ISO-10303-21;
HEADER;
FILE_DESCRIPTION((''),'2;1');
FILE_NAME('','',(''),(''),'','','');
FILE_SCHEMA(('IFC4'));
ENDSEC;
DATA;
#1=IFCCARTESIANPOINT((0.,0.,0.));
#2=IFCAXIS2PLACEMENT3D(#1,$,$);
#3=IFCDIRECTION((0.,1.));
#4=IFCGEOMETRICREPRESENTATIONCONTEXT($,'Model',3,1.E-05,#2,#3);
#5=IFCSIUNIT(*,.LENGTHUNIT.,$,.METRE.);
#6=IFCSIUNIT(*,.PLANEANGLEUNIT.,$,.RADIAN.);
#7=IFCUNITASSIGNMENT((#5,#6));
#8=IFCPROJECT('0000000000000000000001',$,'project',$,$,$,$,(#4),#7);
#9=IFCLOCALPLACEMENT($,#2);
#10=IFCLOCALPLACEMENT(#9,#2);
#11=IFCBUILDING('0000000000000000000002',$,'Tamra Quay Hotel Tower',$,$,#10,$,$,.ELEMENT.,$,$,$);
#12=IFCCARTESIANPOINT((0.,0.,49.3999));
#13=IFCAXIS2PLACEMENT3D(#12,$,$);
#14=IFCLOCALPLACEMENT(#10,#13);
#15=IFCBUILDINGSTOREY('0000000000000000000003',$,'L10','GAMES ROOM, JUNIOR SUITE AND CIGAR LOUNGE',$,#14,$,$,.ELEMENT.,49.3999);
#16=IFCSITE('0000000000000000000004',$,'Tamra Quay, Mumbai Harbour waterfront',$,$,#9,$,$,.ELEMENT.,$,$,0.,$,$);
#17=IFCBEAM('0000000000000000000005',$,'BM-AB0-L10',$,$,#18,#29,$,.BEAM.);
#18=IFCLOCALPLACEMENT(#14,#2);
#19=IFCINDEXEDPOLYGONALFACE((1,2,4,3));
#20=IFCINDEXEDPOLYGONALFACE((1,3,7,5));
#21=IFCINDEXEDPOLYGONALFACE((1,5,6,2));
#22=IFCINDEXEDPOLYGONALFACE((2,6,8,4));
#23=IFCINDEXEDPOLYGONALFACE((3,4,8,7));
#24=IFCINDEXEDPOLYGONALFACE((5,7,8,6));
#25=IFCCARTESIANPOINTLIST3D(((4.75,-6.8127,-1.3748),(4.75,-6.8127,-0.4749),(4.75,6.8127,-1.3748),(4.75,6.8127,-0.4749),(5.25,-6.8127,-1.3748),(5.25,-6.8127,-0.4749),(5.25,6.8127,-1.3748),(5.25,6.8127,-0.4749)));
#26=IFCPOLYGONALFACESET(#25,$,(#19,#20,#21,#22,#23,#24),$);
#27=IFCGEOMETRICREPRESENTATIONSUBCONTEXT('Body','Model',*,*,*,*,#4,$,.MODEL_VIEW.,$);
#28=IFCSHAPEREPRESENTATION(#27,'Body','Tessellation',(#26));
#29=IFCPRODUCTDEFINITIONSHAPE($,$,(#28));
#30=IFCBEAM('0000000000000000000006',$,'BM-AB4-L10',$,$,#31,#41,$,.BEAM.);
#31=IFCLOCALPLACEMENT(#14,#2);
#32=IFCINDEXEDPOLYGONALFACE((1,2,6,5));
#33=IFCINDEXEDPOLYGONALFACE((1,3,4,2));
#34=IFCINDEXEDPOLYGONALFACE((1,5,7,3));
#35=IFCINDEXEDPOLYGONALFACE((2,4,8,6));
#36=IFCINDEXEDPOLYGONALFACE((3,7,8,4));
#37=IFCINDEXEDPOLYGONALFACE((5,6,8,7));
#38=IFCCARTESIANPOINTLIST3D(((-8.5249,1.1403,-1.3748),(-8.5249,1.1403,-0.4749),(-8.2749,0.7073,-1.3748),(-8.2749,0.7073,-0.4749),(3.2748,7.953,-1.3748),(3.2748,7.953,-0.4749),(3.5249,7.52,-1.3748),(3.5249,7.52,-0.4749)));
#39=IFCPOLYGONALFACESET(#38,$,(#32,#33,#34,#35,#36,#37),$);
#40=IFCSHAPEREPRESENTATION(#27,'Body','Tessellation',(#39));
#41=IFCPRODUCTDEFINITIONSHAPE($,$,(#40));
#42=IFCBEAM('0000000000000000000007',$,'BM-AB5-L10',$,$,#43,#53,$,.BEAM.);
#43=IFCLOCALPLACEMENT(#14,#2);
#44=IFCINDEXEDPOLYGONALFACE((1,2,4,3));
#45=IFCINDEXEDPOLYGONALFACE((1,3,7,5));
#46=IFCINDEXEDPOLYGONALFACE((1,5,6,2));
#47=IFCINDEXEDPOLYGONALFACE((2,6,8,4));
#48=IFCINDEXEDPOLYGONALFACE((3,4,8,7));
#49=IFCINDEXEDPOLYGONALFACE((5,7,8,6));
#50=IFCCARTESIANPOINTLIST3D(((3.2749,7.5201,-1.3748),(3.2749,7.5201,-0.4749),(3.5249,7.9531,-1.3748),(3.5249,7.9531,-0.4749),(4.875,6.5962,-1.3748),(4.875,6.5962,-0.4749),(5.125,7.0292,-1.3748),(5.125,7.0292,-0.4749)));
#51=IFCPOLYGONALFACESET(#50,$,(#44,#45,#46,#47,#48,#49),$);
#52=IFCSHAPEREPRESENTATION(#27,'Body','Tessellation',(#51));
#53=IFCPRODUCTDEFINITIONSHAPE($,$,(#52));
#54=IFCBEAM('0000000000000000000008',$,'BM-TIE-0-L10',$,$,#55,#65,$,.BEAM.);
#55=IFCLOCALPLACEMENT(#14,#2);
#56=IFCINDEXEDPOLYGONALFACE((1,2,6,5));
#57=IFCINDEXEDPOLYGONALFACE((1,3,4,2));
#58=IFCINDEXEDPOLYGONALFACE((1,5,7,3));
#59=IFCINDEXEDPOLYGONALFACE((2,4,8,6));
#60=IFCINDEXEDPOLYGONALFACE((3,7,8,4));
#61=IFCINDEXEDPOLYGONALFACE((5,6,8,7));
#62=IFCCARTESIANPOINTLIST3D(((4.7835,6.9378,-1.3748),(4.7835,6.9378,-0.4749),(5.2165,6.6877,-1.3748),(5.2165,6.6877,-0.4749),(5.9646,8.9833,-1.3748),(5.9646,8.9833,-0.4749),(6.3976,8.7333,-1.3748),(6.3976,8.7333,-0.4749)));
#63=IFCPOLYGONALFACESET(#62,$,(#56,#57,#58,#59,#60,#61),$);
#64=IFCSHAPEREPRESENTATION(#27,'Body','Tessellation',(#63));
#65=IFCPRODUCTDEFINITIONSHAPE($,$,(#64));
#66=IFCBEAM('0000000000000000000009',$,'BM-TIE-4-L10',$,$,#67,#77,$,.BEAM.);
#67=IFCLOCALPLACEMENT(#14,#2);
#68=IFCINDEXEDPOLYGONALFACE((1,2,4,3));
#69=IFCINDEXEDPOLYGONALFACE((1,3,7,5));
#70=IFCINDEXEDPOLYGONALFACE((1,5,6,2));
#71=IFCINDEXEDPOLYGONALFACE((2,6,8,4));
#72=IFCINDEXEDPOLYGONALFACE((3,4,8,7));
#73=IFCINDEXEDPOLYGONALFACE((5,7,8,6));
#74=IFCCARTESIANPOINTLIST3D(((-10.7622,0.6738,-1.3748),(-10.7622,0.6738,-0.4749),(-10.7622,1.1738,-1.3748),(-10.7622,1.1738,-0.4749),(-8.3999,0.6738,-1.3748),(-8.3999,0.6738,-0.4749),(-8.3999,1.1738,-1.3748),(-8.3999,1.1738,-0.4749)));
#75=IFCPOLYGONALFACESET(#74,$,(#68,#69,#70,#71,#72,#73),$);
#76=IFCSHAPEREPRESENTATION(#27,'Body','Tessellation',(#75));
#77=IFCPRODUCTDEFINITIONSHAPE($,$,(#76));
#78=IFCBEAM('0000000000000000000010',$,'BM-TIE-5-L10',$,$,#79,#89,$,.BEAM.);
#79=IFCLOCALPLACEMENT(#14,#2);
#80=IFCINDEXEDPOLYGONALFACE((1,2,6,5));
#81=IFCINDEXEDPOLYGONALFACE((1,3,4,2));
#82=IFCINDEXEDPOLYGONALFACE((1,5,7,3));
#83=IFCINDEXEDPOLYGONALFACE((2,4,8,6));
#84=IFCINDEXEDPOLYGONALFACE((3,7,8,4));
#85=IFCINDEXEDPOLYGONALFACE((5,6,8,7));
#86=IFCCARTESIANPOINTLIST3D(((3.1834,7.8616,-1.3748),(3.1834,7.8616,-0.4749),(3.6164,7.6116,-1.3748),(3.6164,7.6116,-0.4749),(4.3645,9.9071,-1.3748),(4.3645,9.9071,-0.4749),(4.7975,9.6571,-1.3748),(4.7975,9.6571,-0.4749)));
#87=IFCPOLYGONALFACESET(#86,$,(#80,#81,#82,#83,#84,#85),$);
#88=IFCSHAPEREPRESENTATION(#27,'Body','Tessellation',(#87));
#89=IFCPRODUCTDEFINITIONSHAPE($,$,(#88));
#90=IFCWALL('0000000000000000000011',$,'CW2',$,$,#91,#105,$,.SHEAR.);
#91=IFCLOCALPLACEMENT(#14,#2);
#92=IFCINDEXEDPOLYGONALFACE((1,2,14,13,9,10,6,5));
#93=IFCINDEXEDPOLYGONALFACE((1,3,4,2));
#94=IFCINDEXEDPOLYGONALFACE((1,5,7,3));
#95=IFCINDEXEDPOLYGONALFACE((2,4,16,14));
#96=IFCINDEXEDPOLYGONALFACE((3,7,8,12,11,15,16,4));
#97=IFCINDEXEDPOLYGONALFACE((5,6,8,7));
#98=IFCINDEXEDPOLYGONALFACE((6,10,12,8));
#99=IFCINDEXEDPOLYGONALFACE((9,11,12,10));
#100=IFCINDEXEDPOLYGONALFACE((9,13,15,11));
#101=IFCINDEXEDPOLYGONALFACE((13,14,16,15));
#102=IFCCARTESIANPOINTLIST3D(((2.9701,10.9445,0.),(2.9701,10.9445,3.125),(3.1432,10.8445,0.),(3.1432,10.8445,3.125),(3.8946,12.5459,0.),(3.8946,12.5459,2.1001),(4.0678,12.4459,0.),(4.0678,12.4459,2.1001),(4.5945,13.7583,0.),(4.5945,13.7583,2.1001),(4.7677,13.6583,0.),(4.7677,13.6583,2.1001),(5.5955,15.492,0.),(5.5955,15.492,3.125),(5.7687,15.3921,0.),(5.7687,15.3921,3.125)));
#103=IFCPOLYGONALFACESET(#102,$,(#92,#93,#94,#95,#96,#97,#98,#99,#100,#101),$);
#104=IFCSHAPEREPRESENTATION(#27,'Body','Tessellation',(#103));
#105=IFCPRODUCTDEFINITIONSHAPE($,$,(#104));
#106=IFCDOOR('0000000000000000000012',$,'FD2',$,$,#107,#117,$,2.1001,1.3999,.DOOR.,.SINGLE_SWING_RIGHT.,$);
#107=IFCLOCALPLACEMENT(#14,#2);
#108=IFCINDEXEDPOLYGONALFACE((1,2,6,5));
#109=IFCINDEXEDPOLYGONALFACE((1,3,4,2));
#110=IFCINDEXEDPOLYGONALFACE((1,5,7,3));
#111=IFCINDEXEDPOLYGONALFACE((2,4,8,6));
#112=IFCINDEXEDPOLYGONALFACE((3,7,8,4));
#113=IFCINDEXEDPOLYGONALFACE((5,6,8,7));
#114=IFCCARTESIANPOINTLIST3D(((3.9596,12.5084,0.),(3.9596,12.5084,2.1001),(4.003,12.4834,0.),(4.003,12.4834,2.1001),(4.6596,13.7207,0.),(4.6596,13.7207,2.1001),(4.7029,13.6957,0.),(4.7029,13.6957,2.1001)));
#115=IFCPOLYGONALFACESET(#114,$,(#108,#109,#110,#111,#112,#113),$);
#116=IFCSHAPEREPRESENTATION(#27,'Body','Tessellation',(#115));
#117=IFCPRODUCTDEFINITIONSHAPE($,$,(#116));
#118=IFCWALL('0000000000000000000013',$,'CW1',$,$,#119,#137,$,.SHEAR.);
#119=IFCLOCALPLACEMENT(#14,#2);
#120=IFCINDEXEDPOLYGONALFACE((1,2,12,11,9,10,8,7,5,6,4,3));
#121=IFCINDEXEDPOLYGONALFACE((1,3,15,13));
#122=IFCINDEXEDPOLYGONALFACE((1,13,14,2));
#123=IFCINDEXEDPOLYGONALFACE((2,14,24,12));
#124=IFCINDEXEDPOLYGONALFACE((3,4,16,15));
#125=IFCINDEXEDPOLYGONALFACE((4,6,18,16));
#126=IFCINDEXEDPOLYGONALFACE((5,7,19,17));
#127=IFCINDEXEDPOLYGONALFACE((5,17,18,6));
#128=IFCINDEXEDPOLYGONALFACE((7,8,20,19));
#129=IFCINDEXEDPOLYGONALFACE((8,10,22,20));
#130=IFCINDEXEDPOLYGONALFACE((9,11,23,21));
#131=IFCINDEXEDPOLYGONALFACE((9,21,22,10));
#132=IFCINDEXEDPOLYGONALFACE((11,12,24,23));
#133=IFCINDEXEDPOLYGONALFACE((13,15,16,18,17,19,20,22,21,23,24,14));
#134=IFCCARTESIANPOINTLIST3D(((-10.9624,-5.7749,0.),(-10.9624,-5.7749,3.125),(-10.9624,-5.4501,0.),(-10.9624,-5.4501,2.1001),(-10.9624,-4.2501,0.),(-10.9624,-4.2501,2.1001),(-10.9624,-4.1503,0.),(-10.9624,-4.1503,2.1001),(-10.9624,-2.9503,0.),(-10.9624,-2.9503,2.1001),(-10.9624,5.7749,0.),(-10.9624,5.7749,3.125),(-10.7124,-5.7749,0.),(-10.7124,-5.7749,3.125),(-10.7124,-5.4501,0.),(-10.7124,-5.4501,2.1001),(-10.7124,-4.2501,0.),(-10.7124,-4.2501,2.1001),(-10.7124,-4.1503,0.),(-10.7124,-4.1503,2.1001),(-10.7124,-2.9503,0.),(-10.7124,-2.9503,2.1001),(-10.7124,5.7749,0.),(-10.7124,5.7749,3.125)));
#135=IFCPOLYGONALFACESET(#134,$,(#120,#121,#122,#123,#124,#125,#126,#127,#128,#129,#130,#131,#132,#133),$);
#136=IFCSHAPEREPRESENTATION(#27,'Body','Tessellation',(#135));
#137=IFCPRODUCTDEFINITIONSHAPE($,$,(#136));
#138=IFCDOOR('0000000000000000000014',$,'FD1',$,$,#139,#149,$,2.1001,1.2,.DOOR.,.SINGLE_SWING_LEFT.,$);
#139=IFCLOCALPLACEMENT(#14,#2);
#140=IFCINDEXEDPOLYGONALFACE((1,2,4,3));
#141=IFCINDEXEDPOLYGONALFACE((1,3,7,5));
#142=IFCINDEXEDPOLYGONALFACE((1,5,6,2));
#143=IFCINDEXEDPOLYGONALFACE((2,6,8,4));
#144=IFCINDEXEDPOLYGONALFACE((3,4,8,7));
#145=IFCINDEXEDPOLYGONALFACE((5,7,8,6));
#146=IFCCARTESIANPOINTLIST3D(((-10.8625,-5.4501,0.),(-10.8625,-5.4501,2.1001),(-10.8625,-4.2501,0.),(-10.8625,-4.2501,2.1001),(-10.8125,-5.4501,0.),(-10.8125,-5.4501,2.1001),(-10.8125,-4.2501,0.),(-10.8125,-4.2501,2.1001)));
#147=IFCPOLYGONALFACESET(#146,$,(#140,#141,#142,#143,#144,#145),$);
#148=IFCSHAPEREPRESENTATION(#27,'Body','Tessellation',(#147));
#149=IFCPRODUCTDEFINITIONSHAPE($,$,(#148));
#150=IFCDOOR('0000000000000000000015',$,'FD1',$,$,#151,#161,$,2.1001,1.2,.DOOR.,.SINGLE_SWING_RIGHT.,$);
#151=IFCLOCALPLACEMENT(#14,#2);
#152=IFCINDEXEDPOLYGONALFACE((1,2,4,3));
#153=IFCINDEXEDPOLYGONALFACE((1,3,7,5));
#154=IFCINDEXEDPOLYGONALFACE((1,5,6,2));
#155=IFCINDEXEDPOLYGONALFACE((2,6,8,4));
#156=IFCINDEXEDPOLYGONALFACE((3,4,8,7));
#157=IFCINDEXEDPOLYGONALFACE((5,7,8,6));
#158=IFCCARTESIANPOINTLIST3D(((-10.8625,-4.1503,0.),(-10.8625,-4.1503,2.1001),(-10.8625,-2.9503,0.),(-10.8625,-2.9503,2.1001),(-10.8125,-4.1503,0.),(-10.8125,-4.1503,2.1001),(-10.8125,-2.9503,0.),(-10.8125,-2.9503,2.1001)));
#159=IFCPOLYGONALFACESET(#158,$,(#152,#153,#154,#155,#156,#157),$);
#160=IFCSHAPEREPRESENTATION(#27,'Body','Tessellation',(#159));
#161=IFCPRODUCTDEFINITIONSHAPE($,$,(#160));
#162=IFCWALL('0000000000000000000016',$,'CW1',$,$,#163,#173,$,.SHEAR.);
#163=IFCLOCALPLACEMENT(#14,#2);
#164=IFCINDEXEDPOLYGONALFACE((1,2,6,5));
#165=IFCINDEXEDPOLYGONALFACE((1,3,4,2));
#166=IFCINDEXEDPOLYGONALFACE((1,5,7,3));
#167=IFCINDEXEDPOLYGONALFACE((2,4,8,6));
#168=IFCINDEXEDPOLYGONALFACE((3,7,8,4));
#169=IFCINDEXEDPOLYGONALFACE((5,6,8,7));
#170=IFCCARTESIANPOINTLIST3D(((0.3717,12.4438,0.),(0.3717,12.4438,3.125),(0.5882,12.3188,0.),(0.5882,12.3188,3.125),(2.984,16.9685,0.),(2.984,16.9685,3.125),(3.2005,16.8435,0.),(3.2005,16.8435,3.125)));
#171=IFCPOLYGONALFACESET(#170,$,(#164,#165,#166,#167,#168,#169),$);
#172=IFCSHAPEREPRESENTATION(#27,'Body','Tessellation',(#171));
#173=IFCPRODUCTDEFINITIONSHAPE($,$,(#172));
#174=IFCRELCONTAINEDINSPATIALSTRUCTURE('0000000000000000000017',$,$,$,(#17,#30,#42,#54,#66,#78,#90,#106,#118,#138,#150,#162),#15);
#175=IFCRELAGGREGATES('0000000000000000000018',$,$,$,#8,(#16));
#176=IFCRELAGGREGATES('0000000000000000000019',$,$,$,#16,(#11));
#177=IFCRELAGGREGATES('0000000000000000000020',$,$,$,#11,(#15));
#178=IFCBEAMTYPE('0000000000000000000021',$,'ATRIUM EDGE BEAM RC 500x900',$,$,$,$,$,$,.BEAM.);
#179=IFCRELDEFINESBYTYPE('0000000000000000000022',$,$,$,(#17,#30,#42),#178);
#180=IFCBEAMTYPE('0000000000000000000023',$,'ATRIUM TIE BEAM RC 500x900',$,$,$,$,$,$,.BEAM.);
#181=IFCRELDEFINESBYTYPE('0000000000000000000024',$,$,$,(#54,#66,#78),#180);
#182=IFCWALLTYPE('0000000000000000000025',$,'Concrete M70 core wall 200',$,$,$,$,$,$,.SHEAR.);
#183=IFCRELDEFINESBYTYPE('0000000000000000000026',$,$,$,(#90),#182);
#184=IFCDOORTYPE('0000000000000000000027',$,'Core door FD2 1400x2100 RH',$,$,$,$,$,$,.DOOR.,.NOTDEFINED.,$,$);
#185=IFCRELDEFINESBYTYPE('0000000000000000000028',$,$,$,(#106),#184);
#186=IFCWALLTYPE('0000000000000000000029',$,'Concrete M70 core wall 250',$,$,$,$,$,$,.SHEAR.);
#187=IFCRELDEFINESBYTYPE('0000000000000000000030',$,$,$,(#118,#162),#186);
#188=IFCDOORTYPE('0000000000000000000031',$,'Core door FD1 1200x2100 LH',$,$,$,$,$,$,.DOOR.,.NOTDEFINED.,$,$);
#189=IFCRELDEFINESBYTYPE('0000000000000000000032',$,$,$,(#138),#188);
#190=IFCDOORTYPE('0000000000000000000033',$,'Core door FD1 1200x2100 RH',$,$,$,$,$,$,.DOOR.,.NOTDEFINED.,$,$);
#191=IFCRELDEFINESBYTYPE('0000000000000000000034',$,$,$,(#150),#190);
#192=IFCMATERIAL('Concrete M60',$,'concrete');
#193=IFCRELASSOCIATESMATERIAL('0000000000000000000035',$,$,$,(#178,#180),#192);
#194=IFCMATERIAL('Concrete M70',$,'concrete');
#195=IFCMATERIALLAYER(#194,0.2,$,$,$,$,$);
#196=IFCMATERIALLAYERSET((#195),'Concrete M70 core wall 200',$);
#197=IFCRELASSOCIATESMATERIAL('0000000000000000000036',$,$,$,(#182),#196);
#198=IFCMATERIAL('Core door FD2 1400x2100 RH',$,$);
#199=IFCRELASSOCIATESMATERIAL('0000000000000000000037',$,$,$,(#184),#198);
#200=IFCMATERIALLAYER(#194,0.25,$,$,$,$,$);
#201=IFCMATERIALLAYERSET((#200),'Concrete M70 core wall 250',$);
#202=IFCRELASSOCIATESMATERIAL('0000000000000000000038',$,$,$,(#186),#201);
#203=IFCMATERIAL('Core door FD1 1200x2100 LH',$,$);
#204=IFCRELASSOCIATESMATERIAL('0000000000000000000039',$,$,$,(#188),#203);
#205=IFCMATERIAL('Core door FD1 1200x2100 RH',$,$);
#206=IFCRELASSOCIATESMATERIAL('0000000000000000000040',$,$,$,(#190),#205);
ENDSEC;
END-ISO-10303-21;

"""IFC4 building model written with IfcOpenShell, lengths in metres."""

from ifc_helpers import new_model, si_unit, direction, frame, frame_2d, origin, origin_2d, place, context, subcontext, project, spatial, rectangle, extrude, material, layer, layer_set, material_profile, profile_set, type_object, element, fill, save


model = new_model("IFC4")

# Units and contexts
model_context = context("Model", 3, precision=1e-05, world=origin(), true_north=direction((0.0, 1.0)))
body_context = subcontext(model_context, "Body", "Model", "MODEL_VIEW")
ifc_project = project(units=[si_unit("LENGTHUNIT", "METRE"), si_unit("PLANEANGLEUNIT", "RADIAN")], contexts=[model_context])

# Site, building, storey
site_placement = place(None, origin())
site = spatial("IfcSite", under=ifc_project, at=site_placement, Name="Tamra Quay, Mumbai Harbour waterfront", CompositionType="ELEMENT", RefElevation=0.0)
building_placement = place(site_placement, origin())
building = spatial("IfcBuilding", under=site, at=building_placement, Name="Tamra Quay Hotel Tower", CompositionType="ELEMENT")
storey_placement = place(building_placement, frame((0.0, 0.0, 49.3999)))
storey = spatial("IfcBuildingStorey", under=building, at=storey_placement, Name="L10", Description="GAMES ROOM, JUNIOR SUITE AND CIGAR LOUNGE", CompositionType="ELEMENT", Elevation=49.3999)

# Beams
ifc_material_1 = material(Name="Concrete M60", Category="concrete")
ifc_material_profile_1 = material_profile(ifc_material_1, rectangle(XDim=0.5, YDim=0.8999, at=origin_2d()), Name="ATRIUM EDGE BEAM RC 500x900")
ifc_profile_set_1 = profile_set([ifc_material_profile_1], Name="Concrete M60")
beam_type_1 = type_object("IfcBeamType", Name="ATRIUM EDGE BEAM RC 500x900", PredefinedType="BEAM", material=ifc_profile_set_1)
beam_1_placement = place(storey_placement, frame((5.0, 6.8127, -0.9248), z_axis=(0.0, -1.0, 0.0), x_axis=(1.0, 0.0, 0.0)))
element("IfcBeam", 1, at=beam_1_placement, inside=storey, type_object=beam_type_1, Name="BM-AB0-L10", PredefinedType="BEAM", context=body_context, shape_type="SweptSolid", body=[
    extrude(rectangle(XDim=0.5, YDim=0.8999, at=origin_2d()), origin(), (0.0, 0.0, 1.0), 13.6255),
])
beam_2_placement = place(storey_placement, frame((-8.3999, 0.9238, -0.9248), z_axis=(0.866021, 0.500007, 0.0), x_axis=(-0.500007, 0.866021, 0.0)))
element("IfcBeam", 2, at=beam_2_placement, inside=storey, type_object=beam_type_1, Name="BM-AB4-L10", PredefinedType="BEAM", context=body_context, shape_type="SweptSolid", body=[
    extrude(rectangle(XDim=0.5, YDim=0.8999, at=origin_2d()), origin(), (0.0, 0.0, 1.0), 13.6252),
])
beam_3_placement = place(storey_placement, frame((3.3999, 7.7366, -0.9248), z_axis=(0.866023, -0.500005, 0.0), x_axis=(0.500005, 0.866023, 0.0)))
element("IfcBeam", 3, at=beam_3_placement, inside=storey, type_object=beam_type_1, Name="BM-AB5-L10", PredefinedType="BEAM", context=body_context, shape_type="SweptSolid", body=[
    extrude(rectangle(XDim=0.5, YDim=0.8999, at=origin_2d()), origin(), (0.0, 0.0, 1.0), 1.8477),
])
ifc_material_profile_2 = material_profile(ifc_material_1, rectangle(XDim=0.5, YDim=0.8999, at=origin_2d()), Name="ATRIUM TIE BEAM RC 500x900")
ifc_profile_set_2 = profile_set([ifc_material_profile_2], Name="Concrete M60")
beam_type_2 = type_object("IfcBeamType", Name="ATRIUM TIE BEAM RC 500x900", PredefinedType="BEAM", material=ifc_profile_set_2)
beam_4_placement = place(storey_placement, frame((5.0, 6.8127, -0.9248), z_axis=(0.50003, 0.866008, 0.0), x_axis=(-0.866008, 0.50003, 0.0)))
element("IfcBeam", 4, at=beam_4_placement, inside=storey, type_object=beam_type_2, Name="BM-TIE-0-L10", PredefinedType="BEAM", context=body_context, shape_type="SweptSolid", body=[
    extrude(rectangle(XDim=0.5, YDim=0.8999, at=origin_2d()), origin(), (0.0, 0.0, 1.0), 2.3621),
])
beam_5_placement = place(storey_placement, frame((-8.3999, 0.9238, -0.9248), z_axis=(-1.0, 0.0, 0.0), x_axis=(0.0, -1.0, 0.0)))
element("IfcBeam", 5, at=beam_5_placement, inside=storey, type_object=beam_type_2, Name="BM-TIE-4-L10", PredefinedType="BEAM", context=body_context, shape_type="SweptSolid", body=[
    extrude(rectangle(XDim=0.5, YDim=0.8999, at=origin_2d()), origin(), (0.0, 0.0, 1.0), 2.3623),
])
beam_6_placement = place(storey_placement, frame((3.3999, 7.7366, -0.9248), z_axis=(0.50003, 0.866008, 0.0), x_axis=(-0.866008, 0.50003, 0.0)))
element("IfcBeam", 6, at=beam_6_placement, inside=storey, type_object=beam_type_2, Name="BM-TIE-5-L10", PredefinedType="BEAM", context=body_context, shape_type="SweptSolid", body=[
    extrude(rectangle(XDim=0.5, YDim=0.8999, at=origin_2d()), origin(), (0.0, 0.0, 1.0), 2.3621),
])

# Wall, opening, door
ifc_material_2 = material(Name="Concrete M70", Category="concrete")
ifc_layer_1 = layer(ifc_material_2, 0.2)
ifc_layer_set_1 = layer_set([ifc_layer_1], Name="Concrete M70 core wall 200")
wall_type_1 = type_object("IfcWallType", Name="Concrete M70 core wall 200", PredefinedType="SHEAR", material=ifc_layer_set_1)
wall_1_placement = place(storey_placement, frame((3.0566, 10.8945, 0.0), z_axis=(0.0, 0.0, 1.0), x_axis=(0.499989, 0.866032, 0.0)))
wall_1 = element("IfcWall", 7, at=wall_1_placement, inside=storey, type_object=wall_type_1, Name="CW2", PredefinedType="SHEAR", context=body_context, shape_type="SweptSolid", body=[
    extrude(rectangle(XDim=5.251, YDim=0.2, at=frame_2d((2.6255, 0.0))), origin(), (0.0, 0.0, 1.0), 3.125),
])
opening_1_placement = place(wall_1_placement, frame((1.8491, 0.0, 0.0)))
opening_1 = element("IfcOpeningElement", 8, at=opening_1_placement, cuts=wall_1, PredefinedType="OPENING", context=body_context, shape_type="SweptSolid", body=[
    extrude(rectangle(XDim=1.3999, YDim=2.1001, at=frame_2d((0.7, 1.05))), frame((0.0, 0.1099, 0.0), z_axis=(0.0, -1.0, 0.0), x_axis=(1.0, 0.0, 0.0)), (0.0, 0.0, 1.0), 0.22),
])
ifc_material_3 = material(Name="Core door FD2 1400x2100 RH")
door_type_1 = type_object("IfcDoorType", Name="Core door FD2 1400x2100 RH", OperationType="NOTDEFINED", PredefinedType="DOOR", material=ifc_material_3)
door_1_placement = place(opening_1_placement, origin())
door_1 = element("IfcDoor", 9, at=door_1_placement, inside=storey, type_object=door_type_1, Name="FD2", OperationType="SINGLE_SWING_RIGHT", OverallHeight=2.1001, OverallWidth=1.3999, PredefinedType="DOOR", context=body_context, shape_type="SweptSolid", body=[
    extrude(rectangle(XDim=1.3999, YDim=2.1001, at=frame_2d((0.7, 1.05))), frame((0.0, 0.0249, 0.0), z_axis=(0.0, -1.0, 0.0), x_axis=(1.0, 0.0, 0.0)), (0.0, 0.0, 1.0), 0.05),
])
fill(opening_1, door_1)

# Wall, openings, doors
ifc_layer_2 = layer(ifc_material_2, 0.25)
ifc_layer_set_2 = layer_set([ifc_layer_2], Name="Concrete M70 core wall 250")
wall_type_2 = type_object("IfcWallType", Name="Concrete M70 core wall 250", PredefinedType="SHEAR", material=ifc_layer_set_2)
wall_2_placement = place(storey_placement, frame((-10.8374, 5.7749, 0.0), z_axis=(0.0, 0.0, 1.0), x_axis=(0.0, -1.0, 0.0)))
wall_2 = element("IfcWall", 10, at=wall_2_placement, inside=storey, type_object=wall_type_2, Name="CW1", PredefinedType="SHEAR", context=body_context, shape_type="SweptSolid", body=[
    extrude(rectangle(XDim=11.5498, YDim=0.25, at=frame_2d((5.7749, 0.0))), origin(), (0.0, 0.0, 1.0), 3.125),
])
opening_2_placement = place(wall_2_placement, frame((10.0249, 0.0, 0.0)))
opening_2 = element("IfcOpeningElement", 11, at=opening_2_placement, cuts=wall_2, PredefinedType="OPENING", context=body_context, shape_type="SweptSolid", body=[
    extrude(rectangle(XDim=1.2, YDim=2.1001, at=frame_2d((0.6001, 1.05))), frame((0.0, 0.135, 0.0), z_axis=(0.0, -1.0, 0.0), x_axis=(1.0, 0.0, 0.0)), (0.0, 0.0, 1.0), 0.27),
])
opening_3_placement = place(wall_2_placement, frame((8.7251, 0.0, 0.0)))
opening_3 = element("IfcOpeningElement", 12, at=opening_3_placement, cuts=wall_2, PredefinedType="OPENING", context=body_context, shape_type="SweptSolid", body=[
    extrude(rectangle(XDim=1.2, YDim=2.1001, at=frame_2d((0.6001, 1.05))), frame((0.0, 0.135, 0.0), z_axis=(0.0, -1.0, 0.0), x_axis=(1.0, 0.0, 0.0)), (0.0, 0.0, 1.0), 0.27),
])
ifc_material_4 = material(Name="Core door FD1 1200x2100 LH")
door_type_2 = type_object("IfcDoorType", Name="Core door FD1 1200x2100 LH", OperationType="NOTDEFINED", PredefinedType="DOOR", material=ifc_material_4)
door_2_placement = place(opening_2_placement, origin())
door_2 = element("IfcDoor", 13, at=door_2_placement, inside=storey, type_object=door_type_2, Name="FD1", OperationType="SINGLE_SWING_LEFT", OverallHeight=2.1001, OverallWidth=1.2, PredefinedType="DOOR", context=body_context, shape_type="SweptSolid", body=[
    extrude(rectangle(XDim=1.2, YDim=2.1001, at=frame_2d((0.6001, 1.05))), frame((0.0, 0.0249, 0.0), z_axis=(0.0, -1.0, 0.0), x_axis=(1.0, 0.0, 0.0)), (0.0, 0.0, 1.0), 0.05),
])
fill(opening_2, door_2)
ifc_material_5 = material(Name="Core door FD1 1200x2100 RH")
door_type_3 = type_object("IfcDoorType", Name="Core door FD1 1200x2100 RH", OperationType="NOTDEFINED", PredefinedType="DOOR", material=ifc_material_5)
door_3_placement = place(opening_3_placement, origin())
door_3 = element("IfcDoor", 14, at=door_3_placement, inside=storey, type_object=door_type_3, Name="FD1", OperationType="SINGLE_SWING_RIGHT", OverallHeight=2.1001, OverallWidth=1.2, PredefinedType="DOOR", context=body_context, shape_type="SweptSolid", body=[
    extrude(rectangle(XDim=1.2, YDim=2.1001, at=frame_2d((0.6001, 1.05))), frame((0.0, 0.0249, 0.0), z_axis=(0.0, -1.0, 0.0), x_axis=(1.0, 0.0, 0.0)), (0.0, 0.0, 1.0), 0.05),
])
fill(opening_3, door_3)

# Wall
wall_3_placement = place(storey_placement, frame((0.48, 12.3813, 0.0), z_axis=(0.0, 0.0, 1.0), x_axis=(0.499999, 0.866026, 0.0)))
element("IfcWall", 15, at=wall_3_placement, inside=storey, type_object=wall_type_2, Name="CW1", PredefinedType="SHEAR", context=body_context, shape_type="SweptSolid", body=[
    extrude(rectangle(XDim=5.2246, YDim=0.25, at=frame_2d((2.6123, 0.0))), origin(), (0.0, 0.0, 1.0), 3.125),
])

save(model, "model.ifc")
